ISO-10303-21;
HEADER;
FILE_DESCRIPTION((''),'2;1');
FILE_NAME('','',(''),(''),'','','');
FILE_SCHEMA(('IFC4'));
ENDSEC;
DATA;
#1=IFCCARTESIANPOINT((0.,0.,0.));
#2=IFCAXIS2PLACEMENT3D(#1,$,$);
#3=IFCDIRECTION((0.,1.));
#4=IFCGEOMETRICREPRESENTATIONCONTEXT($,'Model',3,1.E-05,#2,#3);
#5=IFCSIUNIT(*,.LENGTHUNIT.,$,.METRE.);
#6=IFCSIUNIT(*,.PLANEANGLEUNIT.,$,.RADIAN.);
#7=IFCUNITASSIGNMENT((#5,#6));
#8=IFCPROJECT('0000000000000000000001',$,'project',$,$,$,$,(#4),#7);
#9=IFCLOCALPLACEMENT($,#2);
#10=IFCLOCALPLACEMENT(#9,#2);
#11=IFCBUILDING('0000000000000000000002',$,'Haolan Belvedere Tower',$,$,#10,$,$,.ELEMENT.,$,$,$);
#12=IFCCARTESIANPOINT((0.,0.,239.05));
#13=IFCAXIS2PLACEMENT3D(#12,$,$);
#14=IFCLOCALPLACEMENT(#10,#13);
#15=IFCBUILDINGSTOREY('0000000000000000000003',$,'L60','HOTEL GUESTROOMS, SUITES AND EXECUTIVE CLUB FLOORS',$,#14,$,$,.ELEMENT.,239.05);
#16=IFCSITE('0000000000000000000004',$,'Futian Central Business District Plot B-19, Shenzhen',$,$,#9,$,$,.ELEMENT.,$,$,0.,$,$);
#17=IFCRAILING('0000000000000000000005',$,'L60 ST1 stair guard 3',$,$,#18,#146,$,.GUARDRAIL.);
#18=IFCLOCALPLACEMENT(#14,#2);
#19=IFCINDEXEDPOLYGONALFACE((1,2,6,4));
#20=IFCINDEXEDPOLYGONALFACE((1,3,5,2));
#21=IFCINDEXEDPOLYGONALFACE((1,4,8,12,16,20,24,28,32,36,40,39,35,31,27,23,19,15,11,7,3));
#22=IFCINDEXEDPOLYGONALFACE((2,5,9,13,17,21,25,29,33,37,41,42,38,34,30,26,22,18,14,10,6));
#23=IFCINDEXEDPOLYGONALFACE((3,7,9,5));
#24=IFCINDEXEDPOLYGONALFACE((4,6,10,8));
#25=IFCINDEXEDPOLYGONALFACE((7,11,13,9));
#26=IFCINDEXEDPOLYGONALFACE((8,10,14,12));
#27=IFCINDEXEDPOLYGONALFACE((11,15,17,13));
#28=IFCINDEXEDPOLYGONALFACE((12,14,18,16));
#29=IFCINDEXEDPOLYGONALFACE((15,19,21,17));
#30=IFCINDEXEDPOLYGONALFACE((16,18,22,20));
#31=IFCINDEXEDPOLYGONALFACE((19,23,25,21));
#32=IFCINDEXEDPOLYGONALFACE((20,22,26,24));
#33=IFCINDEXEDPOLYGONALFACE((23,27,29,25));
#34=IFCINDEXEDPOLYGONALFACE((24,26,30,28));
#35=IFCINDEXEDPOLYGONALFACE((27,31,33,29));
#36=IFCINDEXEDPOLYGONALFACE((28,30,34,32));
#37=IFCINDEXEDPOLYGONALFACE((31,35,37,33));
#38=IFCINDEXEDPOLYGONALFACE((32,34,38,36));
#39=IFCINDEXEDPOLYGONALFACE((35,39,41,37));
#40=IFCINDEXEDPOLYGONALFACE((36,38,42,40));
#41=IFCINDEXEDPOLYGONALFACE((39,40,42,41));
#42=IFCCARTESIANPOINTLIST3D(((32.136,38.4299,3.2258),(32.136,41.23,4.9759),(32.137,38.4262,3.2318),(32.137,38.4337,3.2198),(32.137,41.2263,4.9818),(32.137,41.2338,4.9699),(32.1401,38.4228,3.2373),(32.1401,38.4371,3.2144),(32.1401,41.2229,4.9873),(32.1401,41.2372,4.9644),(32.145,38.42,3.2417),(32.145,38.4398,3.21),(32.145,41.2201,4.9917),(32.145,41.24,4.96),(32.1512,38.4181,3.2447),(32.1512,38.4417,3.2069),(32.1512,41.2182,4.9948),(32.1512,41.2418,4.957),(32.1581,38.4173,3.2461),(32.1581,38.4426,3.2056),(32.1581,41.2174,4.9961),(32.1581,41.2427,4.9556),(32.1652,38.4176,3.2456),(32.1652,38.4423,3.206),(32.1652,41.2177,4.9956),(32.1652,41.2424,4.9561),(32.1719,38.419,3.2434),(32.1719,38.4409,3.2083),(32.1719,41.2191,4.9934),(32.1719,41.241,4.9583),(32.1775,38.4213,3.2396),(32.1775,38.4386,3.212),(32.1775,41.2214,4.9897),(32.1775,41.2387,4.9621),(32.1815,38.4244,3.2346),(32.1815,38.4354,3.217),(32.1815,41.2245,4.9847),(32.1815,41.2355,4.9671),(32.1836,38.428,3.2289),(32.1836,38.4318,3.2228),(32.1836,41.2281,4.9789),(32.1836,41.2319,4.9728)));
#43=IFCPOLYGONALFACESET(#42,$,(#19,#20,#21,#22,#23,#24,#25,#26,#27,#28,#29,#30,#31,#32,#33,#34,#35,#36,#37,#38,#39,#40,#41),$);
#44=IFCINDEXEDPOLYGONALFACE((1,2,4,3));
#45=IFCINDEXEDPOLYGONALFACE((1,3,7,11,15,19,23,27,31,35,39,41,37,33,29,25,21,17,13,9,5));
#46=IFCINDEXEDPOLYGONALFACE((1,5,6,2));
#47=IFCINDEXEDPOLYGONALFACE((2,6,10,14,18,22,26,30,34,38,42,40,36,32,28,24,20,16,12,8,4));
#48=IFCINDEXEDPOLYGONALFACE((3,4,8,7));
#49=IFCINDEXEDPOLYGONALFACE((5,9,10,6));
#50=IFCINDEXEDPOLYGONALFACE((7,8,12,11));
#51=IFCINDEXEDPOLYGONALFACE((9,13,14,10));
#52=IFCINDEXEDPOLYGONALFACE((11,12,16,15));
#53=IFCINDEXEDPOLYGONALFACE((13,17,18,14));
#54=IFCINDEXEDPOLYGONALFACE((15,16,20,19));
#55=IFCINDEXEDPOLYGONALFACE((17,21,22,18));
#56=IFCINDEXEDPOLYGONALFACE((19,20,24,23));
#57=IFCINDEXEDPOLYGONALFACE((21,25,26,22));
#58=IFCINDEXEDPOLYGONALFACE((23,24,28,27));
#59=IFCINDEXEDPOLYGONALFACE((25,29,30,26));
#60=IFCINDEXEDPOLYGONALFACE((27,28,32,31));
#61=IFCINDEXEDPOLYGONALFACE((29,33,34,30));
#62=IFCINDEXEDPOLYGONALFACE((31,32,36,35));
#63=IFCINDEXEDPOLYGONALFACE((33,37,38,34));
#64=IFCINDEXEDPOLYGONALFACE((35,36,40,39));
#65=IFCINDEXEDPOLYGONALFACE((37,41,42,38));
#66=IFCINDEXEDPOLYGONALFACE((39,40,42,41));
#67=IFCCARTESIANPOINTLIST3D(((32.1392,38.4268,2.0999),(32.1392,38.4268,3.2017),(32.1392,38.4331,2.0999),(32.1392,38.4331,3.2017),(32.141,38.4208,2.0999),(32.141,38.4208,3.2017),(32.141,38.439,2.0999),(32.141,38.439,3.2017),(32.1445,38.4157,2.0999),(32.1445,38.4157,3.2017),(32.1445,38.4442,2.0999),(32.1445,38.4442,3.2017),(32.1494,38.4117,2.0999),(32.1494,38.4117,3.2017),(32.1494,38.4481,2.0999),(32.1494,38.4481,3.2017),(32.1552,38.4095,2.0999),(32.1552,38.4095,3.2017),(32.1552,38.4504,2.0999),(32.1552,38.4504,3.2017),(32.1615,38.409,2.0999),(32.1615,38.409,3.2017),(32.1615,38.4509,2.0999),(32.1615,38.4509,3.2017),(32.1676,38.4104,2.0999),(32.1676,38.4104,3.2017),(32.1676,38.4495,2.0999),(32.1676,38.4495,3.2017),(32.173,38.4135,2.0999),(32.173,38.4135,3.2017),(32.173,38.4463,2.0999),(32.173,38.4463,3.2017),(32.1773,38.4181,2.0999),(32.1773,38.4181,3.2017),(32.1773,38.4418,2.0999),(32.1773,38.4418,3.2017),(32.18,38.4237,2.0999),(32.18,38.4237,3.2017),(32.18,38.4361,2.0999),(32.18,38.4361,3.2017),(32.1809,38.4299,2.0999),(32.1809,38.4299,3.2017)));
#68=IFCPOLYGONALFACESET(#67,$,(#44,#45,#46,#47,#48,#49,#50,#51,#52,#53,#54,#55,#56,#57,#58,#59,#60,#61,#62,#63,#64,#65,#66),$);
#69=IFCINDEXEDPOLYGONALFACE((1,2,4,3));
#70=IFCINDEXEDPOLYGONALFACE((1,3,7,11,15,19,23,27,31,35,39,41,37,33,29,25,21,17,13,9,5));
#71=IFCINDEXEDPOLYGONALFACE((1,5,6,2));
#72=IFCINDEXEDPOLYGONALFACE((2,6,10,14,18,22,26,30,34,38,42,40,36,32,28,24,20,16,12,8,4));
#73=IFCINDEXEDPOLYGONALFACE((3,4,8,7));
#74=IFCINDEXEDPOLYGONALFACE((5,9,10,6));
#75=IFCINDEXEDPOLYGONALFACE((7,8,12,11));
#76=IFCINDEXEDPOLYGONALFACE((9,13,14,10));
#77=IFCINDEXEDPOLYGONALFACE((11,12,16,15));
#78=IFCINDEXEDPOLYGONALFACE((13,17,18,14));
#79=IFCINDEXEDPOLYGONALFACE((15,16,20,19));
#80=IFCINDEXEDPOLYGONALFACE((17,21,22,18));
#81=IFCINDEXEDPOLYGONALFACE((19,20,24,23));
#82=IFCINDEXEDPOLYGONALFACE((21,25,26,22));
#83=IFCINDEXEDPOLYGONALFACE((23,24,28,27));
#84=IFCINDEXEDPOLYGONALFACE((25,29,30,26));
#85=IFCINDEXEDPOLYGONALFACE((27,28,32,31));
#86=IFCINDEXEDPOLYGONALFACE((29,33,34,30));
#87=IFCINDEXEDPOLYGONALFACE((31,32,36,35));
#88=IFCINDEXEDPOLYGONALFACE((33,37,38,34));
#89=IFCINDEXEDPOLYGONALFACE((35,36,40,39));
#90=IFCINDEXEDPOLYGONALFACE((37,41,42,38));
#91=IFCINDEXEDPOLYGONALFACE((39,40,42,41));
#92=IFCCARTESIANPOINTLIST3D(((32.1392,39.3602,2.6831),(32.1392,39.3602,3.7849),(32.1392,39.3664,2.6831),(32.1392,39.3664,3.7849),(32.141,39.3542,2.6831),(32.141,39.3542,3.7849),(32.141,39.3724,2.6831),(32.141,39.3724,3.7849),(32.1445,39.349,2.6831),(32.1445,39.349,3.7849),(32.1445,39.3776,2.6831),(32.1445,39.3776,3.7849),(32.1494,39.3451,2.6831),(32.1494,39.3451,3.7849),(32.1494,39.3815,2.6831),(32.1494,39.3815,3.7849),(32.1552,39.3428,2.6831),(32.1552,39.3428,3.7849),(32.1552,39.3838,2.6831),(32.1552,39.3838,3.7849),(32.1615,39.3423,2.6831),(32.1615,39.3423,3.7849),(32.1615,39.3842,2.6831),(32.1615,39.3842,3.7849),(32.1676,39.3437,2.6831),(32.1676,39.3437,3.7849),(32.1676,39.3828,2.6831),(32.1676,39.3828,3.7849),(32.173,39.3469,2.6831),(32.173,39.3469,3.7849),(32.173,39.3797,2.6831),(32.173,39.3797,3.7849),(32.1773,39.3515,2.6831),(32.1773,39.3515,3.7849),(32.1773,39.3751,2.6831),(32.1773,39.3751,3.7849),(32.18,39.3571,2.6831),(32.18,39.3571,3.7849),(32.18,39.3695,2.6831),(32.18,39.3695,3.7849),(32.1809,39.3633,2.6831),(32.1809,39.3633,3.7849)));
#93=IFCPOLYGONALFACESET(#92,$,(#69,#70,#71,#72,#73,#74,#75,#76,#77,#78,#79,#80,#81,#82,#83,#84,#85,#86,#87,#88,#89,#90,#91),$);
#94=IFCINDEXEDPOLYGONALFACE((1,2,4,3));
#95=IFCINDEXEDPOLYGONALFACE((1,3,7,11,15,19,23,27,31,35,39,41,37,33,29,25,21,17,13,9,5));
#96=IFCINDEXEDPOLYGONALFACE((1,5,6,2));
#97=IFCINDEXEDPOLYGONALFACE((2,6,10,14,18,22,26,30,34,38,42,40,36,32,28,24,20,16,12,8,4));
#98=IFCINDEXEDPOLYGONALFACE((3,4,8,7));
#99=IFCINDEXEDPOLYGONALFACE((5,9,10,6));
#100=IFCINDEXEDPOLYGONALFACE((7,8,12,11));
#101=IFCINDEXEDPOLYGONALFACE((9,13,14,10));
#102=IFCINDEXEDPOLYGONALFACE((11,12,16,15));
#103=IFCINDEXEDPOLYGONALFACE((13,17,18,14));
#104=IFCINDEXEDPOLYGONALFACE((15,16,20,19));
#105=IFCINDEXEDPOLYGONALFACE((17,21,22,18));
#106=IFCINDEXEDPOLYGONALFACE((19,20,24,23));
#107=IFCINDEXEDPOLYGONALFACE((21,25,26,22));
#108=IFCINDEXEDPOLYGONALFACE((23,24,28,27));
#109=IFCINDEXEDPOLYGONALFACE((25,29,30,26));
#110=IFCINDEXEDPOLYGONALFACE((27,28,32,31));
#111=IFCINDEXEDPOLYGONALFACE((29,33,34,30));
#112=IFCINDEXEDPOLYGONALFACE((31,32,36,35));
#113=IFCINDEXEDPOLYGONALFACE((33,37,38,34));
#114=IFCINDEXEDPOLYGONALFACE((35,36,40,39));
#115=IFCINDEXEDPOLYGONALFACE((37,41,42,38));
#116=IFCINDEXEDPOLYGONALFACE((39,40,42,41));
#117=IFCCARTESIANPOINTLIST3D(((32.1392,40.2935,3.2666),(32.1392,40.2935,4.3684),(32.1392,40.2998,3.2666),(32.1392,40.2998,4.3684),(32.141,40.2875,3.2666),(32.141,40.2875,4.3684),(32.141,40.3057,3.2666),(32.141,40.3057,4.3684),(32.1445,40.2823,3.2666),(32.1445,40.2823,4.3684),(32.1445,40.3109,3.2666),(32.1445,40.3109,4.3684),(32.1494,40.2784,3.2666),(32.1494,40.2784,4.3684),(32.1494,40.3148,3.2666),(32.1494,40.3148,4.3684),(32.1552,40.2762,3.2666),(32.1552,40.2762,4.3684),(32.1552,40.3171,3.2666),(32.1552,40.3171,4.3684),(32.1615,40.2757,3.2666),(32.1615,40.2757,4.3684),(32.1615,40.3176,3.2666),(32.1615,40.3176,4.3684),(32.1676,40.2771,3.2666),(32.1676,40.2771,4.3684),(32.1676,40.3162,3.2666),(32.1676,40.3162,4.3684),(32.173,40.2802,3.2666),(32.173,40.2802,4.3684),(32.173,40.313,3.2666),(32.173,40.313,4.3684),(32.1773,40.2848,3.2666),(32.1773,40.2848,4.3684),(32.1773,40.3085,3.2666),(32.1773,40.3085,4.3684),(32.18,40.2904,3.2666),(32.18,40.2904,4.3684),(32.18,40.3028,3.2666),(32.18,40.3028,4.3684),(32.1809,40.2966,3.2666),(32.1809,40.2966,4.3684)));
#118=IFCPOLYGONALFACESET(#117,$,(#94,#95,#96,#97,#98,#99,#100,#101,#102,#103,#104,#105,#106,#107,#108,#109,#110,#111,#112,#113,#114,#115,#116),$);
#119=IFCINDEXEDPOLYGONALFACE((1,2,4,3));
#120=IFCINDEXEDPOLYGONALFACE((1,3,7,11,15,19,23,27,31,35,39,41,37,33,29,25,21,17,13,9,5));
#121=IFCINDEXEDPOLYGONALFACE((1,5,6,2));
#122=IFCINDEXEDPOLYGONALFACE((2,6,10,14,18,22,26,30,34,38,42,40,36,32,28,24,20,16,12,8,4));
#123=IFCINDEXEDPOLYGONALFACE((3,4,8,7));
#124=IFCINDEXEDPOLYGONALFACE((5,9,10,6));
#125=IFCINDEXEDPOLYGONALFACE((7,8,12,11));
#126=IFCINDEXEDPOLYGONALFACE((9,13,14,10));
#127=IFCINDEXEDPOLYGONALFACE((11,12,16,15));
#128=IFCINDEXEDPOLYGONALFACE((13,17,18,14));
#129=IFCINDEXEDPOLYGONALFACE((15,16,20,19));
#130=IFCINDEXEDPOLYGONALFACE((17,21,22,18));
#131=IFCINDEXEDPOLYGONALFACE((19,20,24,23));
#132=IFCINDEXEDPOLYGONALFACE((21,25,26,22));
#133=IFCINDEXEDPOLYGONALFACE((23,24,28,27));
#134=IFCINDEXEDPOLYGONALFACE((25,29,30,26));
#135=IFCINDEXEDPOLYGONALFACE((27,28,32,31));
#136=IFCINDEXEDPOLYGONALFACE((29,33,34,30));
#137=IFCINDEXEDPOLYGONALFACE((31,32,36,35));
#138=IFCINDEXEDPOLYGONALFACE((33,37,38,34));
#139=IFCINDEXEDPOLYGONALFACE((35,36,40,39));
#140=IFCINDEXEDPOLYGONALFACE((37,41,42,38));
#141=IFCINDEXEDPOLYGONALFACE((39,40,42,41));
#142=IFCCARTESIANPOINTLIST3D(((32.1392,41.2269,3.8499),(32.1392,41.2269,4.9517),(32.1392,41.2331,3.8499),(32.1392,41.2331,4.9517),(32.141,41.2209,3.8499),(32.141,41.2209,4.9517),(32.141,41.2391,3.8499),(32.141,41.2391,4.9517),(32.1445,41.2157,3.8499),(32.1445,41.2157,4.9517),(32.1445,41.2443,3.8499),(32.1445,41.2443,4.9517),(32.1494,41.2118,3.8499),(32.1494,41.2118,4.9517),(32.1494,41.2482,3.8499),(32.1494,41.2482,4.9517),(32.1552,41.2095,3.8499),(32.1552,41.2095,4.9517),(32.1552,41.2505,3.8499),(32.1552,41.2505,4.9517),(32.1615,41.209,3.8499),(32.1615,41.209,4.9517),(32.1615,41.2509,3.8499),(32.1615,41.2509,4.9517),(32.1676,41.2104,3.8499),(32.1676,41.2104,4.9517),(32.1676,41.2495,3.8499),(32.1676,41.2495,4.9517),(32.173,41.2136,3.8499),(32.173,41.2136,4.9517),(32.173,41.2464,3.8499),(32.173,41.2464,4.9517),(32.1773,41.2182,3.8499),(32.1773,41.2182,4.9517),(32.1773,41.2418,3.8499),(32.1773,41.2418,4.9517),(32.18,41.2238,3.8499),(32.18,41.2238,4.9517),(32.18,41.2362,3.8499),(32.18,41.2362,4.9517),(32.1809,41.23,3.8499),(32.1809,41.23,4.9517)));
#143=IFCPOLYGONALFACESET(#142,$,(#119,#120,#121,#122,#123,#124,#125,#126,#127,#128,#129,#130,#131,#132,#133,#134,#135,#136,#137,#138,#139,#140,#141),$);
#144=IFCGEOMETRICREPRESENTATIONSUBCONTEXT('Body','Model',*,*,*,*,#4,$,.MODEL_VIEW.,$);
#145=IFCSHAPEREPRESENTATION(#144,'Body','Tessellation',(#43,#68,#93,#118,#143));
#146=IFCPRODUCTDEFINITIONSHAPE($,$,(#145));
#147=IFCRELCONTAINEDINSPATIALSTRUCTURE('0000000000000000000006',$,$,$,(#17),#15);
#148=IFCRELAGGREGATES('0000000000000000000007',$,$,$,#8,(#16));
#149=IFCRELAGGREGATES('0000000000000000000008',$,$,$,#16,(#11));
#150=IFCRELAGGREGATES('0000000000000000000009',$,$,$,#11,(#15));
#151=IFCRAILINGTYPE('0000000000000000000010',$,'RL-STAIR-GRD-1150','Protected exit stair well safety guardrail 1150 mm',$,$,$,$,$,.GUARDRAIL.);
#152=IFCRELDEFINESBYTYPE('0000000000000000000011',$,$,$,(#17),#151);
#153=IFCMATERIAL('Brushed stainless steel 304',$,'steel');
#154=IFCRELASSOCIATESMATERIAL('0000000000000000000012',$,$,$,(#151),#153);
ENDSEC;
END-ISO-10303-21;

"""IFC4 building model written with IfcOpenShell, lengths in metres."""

from ifc_helpers import new_model, si_unit, direction, frame, origin, origin_2d, place, context, subcontext, project, spatial, circle, extrude, material, type_object, element, save


model = new_model("IFC4")

# Units and contexts
model_context = context("Model", 3, precision=1e-05, world=origin(), true_north=direction((0.0, 1.0)))
body_context = subcontext(model_context, "Body", "Model", "MODEL_VIEW")
ifc_project = project(units=[si_unit("LENGTHUNIT", "METRE"), si_unit("PLANEANGLEUNIT", "RADIAN")], contexts=[model_context])

# Site, building, storey
site_placement = place(None, origin())
site = spatial("IfcSite", under=ifc_project, at=site_placement, Name="Futian Central Business District Plot B-19, Shenzhen", CompositionType="ELEMENT", RefElevation=0.0)
building_placement = place(site_placement, origin())
building = spatial("IfcBuilding", under=site, at=building_placement, Name="Haolan Belvedere Tower", CompositionType="ELEMENT")
storey_placement = place(building_placement, frame((0.0, 0.0, 239.05)))
storey = spatial("IfcBuildingStorey", under=building, at=storey_placement, Name="L60", Description="HOTEL GUESTROOMS, SUITES AND EXECUTIVE CLUB FLOORS", CompositionType="ELEMENT", Elevation=239.05)

# Railing
ifc_material_1 = material(Name="Brushed stainless steel 304", Category="steel")
railing_type_1 = type_object("IfcRailingType", Name="RL-STAIR-GRD-1150", Description="Protected exit stair well safety guardrail 1150 mm", PredefinedType="GUARDRAIL", material=ifc_material_1)
railing_1_placement = place(storey_placement, frame((32.1599, 38.4299, 2.0999)))
element("IfcRailing", 1, at=railing_1_placement, inside=storey, type_object=railing_type_1, Name="L60 ST1 stair guard 3", PredefinedType="GUARDRAIL", context=body_context, shape_type="SweptSolid", body=[
    extrude(circle(Radius=0.0239, at=origin_2d()), frame((0.0, 0.0, 1.126), z_axis=(0.0, 0.848002, 0.529992), x_axis=(-1.0, 0.0, 0.0)), (0.0, 0.0, 1.0), 3.302),
    extrude(circle(Radius=0.021, at=origin_2d()), origin(), (0.0, 0.0, 1.0), 1.1018),
    extrude(circle(Radius=0.021, at=origin_2d()), frame((0.0, 0.9333, 0.5833)), (0.0, 0.0, 1.0), 1.1018),
    extrude(circle(Radius=0.021, at=origin_2d()), frame((0.0, 1.8667, 1.1667)), (0.0, 0.0, 1.0), 1.1018),
    extrude(circle(Radius=0.021, at=origin_2d()), frame((0.0, 2.8, 1.75)), (0.0, 0.0, 1.0), 1.1018),
])

save(model, "model.ifc")
